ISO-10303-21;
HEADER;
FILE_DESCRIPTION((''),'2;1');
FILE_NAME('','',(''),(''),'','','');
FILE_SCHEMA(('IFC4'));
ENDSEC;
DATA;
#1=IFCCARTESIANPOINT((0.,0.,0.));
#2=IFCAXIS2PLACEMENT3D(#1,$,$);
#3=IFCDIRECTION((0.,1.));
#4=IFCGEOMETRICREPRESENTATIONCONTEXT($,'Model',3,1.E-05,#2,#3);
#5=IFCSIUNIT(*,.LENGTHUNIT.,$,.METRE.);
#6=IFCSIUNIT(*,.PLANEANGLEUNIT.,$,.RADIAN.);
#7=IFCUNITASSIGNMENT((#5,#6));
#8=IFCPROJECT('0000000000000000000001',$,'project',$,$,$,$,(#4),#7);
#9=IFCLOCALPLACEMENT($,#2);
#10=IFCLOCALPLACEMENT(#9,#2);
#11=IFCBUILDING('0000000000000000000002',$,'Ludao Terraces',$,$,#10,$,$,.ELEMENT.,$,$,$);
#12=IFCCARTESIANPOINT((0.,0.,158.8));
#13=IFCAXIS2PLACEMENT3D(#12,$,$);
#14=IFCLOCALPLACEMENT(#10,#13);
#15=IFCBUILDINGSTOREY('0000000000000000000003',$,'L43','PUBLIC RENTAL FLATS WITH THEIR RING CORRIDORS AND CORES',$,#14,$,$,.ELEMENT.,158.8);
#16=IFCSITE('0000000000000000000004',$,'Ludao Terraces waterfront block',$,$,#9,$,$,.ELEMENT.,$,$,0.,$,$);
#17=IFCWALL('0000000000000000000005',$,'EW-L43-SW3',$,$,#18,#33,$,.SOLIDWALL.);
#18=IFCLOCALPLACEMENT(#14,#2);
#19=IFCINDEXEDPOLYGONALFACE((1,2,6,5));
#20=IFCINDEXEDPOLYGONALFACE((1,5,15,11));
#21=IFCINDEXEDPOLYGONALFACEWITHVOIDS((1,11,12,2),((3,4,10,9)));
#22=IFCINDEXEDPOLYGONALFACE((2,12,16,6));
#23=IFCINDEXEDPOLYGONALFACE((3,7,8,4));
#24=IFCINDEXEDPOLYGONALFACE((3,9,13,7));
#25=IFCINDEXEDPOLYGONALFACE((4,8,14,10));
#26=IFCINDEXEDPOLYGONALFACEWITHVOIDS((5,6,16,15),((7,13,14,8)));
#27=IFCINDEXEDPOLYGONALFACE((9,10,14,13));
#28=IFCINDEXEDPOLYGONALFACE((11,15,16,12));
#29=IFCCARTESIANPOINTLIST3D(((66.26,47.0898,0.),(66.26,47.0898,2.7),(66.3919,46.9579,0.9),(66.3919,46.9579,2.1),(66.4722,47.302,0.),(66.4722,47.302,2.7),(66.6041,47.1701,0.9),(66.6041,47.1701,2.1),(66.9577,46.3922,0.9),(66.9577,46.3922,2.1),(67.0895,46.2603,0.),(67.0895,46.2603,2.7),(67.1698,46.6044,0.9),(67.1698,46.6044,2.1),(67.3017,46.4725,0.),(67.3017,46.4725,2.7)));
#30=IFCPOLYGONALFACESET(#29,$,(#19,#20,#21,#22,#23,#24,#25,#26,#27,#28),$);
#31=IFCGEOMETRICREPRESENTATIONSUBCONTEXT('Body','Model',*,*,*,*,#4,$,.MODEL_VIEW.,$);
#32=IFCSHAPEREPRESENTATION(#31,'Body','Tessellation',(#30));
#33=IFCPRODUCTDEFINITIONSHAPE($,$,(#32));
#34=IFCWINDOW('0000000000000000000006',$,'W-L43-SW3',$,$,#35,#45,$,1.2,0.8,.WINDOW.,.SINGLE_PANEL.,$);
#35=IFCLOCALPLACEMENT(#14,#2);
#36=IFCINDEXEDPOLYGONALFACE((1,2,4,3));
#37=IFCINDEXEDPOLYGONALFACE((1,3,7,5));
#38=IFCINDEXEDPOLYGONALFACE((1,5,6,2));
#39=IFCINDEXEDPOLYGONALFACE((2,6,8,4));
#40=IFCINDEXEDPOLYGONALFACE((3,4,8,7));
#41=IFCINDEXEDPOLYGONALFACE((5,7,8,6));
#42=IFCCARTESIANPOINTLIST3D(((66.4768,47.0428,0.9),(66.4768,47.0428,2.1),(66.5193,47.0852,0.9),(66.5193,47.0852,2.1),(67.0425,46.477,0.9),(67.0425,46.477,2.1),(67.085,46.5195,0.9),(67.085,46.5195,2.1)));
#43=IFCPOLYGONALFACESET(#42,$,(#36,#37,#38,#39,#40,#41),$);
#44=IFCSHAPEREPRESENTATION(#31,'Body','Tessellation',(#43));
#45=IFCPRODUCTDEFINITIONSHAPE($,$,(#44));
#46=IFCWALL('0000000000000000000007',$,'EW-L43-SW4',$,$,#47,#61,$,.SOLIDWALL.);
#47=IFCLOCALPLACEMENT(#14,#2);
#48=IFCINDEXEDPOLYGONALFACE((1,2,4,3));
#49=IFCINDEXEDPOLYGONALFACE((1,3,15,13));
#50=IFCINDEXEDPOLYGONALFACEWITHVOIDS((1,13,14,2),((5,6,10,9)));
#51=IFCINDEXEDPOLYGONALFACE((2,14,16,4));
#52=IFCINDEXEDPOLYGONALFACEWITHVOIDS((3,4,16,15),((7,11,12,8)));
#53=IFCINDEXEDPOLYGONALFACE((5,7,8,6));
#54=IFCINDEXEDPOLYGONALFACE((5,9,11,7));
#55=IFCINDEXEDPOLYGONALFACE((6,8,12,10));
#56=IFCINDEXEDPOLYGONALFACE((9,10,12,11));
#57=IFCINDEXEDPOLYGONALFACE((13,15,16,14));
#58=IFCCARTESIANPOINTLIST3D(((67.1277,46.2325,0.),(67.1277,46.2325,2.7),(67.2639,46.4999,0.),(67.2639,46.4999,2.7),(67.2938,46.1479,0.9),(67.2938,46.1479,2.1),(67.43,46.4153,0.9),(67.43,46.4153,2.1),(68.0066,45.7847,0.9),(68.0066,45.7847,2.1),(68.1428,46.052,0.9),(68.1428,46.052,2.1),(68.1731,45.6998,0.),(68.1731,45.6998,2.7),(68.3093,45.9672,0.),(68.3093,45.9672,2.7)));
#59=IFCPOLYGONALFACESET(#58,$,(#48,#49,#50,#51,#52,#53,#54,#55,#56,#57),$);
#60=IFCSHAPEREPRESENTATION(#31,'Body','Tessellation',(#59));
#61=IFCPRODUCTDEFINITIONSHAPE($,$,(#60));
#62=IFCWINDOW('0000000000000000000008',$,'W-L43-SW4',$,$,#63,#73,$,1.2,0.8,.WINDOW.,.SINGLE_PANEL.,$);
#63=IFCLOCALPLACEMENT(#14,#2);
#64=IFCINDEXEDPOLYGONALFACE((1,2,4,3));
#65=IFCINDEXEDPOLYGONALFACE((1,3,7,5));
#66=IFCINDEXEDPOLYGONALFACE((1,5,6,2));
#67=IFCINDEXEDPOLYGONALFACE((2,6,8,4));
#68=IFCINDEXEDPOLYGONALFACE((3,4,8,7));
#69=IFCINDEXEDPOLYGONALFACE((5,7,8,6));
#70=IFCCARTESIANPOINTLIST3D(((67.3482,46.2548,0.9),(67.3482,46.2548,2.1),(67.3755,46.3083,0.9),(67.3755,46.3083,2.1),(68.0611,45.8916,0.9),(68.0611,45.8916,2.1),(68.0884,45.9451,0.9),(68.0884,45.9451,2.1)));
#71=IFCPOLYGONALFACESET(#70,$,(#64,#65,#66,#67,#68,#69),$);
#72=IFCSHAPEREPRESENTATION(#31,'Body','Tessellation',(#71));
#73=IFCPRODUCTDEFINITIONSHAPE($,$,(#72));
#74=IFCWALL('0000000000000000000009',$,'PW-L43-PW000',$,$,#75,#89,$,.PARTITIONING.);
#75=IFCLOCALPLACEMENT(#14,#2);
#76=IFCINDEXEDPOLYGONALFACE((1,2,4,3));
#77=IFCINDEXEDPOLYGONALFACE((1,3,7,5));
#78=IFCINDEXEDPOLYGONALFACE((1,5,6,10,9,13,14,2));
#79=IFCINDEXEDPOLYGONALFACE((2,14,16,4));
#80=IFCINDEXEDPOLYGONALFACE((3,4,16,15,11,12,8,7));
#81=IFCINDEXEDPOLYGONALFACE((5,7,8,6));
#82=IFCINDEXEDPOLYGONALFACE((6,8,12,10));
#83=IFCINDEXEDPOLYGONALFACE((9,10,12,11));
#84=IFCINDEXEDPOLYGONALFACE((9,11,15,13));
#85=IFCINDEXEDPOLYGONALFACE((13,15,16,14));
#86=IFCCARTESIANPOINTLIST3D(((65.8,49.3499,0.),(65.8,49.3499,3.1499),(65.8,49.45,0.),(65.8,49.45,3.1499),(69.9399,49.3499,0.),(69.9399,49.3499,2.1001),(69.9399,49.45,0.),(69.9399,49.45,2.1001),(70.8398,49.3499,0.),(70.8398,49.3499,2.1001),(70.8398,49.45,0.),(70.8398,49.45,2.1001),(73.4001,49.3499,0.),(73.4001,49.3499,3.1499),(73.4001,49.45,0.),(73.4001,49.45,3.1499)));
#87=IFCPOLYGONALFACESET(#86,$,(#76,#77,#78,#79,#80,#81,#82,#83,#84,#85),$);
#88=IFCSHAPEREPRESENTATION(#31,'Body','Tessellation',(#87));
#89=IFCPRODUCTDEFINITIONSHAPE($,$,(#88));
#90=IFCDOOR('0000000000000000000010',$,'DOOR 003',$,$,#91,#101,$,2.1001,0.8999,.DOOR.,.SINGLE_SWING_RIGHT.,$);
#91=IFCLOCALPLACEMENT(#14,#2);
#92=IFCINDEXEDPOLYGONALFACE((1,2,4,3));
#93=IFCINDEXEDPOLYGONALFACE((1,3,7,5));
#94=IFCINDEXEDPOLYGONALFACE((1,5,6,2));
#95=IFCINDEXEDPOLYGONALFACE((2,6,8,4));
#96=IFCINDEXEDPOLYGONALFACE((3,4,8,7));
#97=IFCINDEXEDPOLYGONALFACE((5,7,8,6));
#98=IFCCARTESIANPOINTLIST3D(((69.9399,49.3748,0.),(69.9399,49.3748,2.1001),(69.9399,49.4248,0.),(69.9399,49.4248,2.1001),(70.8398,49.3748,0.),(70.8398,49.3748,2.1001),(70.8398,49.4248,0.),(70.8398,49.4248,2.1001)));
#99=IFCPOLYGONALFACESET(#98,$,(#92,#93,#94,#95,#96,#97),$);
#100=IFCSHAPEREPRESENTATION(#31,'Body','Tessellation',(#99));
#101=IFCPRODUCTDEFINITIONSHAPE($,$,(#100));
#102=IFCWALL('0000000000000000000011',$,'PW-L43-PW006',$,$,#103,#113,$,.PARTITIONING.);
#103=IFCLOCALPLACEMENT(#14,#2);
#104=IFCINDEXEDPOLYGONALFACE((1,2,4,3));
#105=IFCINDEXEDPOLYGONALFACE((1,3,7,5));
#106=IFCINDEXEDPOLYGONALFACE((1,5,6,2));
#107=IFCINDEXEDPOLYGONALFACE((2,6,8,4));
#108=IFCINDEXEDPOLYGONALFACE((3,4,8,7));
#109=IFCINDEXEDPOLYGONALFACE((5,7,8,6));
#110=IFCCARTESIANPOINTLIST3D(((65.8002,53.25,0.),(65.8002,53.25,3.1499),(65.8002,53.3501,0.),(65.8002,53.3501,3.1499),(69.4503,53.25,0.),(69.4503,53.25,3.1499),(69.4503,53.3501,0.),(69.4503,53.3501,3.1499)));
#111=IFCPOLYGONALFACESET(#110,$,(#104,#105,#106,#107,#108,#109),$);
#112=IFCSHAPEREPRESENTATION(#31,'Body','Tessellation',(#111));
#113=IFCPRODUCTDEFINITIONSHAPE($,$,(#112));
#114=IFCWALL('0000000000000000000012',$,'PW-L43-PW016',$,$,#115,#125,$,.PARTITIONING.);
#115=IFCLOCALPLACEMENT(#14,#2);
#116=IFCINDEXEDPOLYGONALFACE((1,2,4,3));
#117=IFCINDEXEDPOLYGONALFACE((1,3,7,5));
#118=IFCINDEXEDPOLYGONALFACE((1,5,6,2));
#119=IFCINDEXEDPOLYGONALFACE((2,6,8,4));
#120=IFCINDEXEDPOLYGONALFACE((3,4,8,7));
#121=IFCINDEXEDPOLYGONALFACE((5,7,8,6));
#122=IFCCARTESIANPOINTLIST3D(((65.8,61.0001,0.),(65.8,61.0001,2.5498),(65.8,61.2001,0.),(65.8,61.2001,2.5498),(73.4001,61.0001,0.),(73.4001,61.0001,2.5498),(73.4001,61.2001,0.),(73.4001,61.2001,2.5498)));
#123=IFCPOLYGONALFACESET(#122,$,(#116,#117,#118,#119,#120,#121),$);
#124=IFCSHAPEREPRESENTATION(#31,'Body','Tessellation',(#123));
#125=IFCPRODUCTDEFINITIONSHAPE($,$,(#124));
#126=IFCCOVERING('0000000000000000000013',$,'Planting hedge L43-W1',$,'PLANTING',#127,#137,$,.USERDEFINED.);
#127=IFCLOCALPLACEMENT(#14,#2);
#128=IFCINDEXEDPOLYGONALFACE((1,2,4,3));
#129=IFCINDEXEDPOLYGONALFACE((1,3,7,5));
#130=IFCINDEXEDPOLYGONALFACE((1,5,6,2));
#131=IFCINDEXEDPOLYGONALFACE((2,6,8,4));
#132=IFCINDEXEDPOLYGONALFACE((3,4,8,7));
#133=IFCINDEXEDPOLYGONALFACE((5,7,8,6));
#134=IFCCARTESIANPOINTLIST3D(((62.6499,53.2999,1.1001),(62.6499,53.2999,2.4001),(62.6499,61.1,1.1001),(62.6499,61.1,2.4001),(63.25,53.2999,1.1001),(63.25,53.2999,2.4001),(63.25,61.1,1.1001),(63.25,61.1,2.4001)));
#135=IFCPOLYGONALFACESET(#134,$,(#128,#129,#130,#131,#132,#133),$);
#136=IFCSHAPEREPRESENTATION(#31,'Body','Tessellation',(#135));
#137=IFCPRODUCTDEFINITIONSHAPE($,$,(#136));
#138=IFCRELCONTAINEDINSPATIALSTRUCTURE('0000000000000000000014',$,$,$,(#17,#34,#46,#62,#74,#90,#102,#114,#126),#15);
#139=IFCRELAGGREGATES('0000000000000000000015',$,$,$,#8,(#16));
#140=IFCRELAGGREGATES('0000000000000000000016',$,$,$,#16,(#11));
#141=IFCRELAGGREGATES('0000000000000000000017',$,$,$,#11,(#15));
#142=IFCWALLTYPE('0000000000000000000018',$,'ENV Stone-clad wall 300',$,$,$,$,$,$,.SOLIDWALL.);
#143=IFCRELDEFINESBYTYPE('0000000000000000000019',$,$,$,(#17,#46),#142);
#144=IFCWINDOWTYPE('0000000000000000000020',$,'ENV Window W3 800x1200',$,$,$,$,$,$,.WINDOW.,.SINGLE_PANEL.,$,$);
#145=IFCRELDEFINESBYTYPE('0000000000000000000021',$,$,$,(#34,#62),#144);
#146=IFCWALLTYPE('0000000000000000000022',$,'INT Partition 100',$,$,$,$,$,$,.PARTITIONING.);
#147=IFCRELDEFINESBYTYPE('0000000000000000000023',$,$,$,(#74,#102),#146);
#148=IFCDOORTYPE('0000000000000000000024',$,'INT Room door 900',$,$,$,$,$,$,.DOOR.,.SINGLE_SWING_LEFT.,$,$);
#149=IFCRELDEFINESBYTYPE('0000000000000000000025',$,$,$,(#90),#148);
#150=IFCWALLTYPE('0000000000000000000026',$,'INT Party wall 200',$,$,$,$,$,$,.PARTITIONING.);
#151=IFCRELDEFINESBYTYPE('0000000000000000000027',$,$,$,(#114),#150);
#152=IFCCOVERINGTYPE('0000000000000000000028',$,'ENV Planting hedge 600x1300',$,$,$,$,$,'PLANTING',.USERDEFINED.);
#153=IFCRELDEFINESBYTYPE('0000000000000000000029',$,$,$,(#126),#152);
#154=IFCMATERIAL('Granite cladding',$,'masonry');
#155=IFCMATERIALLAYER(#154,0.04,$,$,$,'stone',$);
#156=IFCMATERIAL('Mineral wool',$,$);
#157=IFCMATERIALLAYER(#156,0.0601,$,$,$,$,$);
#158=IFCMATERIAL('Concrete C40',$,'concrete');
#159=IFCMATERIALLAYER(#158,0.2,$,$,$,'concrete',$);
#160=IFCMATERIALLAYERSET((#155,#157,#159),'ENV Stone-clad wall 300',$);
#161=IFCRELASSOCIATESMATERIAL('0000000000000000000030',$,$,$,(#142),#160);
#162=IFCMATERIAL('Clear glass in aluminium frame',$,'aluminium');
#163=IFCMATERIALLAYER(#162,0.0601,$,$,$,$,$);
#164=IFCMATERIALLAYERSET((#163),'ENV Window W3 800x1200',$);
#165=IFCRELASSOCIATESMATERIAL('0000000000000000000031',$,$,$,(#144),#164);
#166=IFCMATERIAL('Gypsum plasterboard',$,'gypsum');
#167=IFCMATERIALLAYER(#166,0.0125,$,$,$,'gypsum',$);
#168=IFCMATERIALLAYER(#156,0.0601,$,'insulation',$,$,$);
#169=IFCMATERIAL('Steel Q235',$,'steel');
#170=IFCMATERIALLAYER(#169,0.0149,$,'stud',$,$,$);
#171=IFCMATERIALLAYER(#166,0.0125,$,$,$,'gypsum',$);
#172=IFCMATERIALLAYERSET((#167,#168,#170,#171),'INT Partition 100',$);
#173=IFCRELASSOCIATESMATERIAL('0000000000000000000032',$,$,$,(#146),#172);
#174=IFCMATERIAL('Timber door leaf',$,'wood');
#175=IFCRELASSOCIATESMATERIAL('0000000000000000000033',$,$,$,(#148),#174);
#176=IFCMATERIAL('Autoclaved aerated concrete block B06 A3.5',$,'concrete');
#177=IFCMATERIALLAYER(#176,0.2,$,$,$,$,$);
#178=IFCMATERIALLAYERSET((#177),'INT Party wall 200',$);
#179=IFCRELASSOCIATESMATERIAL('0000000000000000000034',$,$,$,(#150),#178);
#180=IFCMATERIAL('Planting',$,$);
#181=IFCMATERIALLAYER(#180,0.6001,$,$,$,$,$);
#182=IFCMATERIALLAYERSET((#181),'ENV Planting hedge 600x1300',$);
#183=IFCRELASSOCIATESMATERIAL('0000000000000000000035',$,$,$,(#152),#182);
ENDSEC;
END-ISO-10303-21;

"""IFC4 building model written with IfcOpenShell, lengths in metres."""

from ifc_helpers import new_model, si_unit, direction, frame, frame_2d, origin, origin_2d, place, context, subcontext, project, spatial, rectangle, extrude, material, layer, layer_set, type_object, element, fill, save


model = new_model("IFC4")

# Units and contexts
model_context = context("Model", 3, precision=1e-05, world=origin(), true_north=direction((0.0, 1.0)))
body_context = subcontext(model_context, "Body", "Model", "MODEL_VIEW")
ifc_project = project(units=[si_unit("LENGTHUNIT", "METRE"), si_unit("PLANEANGLEUNIT", "RADIAN")], contexts=[model_context])

# Site, building, storey
site_placement = place(None, origin())
site = spatial("IfcSite", under=ifc_project, at=site_placement, Name="Ludao Terraces waterfront block", CompositionType="ELEMENT", RefElevation=0.0)
building_placement = place(site_placement, origin())
building = spatial("IfcBuilding", under=site, at=building_placement, Name="Ludao Terraces", CompositionType="ELEMENT")
storey_placement = place(building_placement, frame((0.0, 0.0, 158.8)))
storey = spatial("IfcBuildingStorey", under=building, at=storey_placement, Name="L43", Description="PUBLIC RENTAL FLATS WITH THEIR RING CORRIDORS AND CORES", CompositionType="ELEMENT", Elevation=158.8)

# Shared definitions
ifc_material_1 = material(Name="Concrete C40", Category="concrete")

# Shared definitions
ifc_material_2 = material(Name="Granite cladding", Category="masonry")
ifc_layer_1 = layer(ifc_material_2, 0.04, Category="stone")
ifc_material_3 = material(Name="Mineral wool")
ifc_layer_2 = layer(ifc_material_3, 0.0601)
ifc_layer_3 = layer(ifc_material_1, 0.2, Category="concrete")
ifc_layer_set_1 = layer_set([ifc_layer_1, ifc_layer_2, ifc_layer_3], Name="ENV Stone-clad wall 300")
wall_type_1 = type_object("IfcWallType", Name="ENV Stone-clad wall 300", PredefinedType="SOLIDWALL", material=ifc_layer_set_1)
ifc_material_4 = material(Name="Clear glass in aluminium frame", Category="aluminium")

# Walls, openings, windows
ifc_layer_4 = layer(ifc_material_4, 0.0601)
ifc_layer_set_2 = layer_set([ifc_layer_4], Name="ENV Window W3 800x1200")
window_type_1 = type_object("IfcWindowType", Name="ENV Window W3 800x1200", PartitioningType="SINGLE_PANEL", PredefinedType="WINDOW", material=ifc_layer_set_2)
wall_1_placement = place(storey_placement, frame((66.3662, 47.1958, 0.0), z_axis=(0.0, 0.0, 1.0), x_axis=(0.707107, -0.707107, 0.0)))
wall_1 = element("IfcWall", 1, at=wall_1_placement, inside=storey, type_object=wall_type_1, Name="EW-L43-SW3", PredefinedType="SOLIDWALL", context=body_context, shape_type="SweptSolid", body=[
    extrude(rectangle(XDim=1.1731, YDim=0.3, at=frame_2d((0.5864, 0.0))), origin(), (0.0, 0.0, 1.0), 2.7),
])
opening_1_placement = place(wall_1_placement, frame((0.1865, 0.0, 0.8999)))
opening_1 = element("IfcOpeningElement", 2, at=opening_1_placement, cuts=wall_1, PredefinedType="OPENING", context=body_context, shape_type="SweptSolid", body=[
    extrude(rectangle(XDim=0.8, YDim=1.2, at=frame_2d((0.3999, 0.6001))), frame((0.0, 0.1602, 0.0), z_axis=(0.0, -1.0, 0.0), x_axis=(1.0, 0.0, 0.0)), (0.0, 0.0, 1.0), 0.3201),
])
window_1_placement = place(opening_1_placement, origin())
window_1 = element("IfcWindow", 3, at=window_1_placement, inside=storey, type_object=window_type_1, Name="W-L43-SW3", OverallHeight=1.2, OverallWidth=0.8, PartitioningType="SINGLE_PANEL", PredefinedType="WINDOW", context=body_context, shape_type="SweptSolid", body=[
    extrude(rectangle(XDim=0.8, YDim=1.2, at=frame_2d((0.3999, 0.6001))), frame((0.0, 0.03, 0.0), z_axis=(0.0, -1.0, 0.0), x_axis=(1.0, 0.0, 0.0)), (0.0, 0.0, 1.0), 0.0601),
])
fill(opening_1, window_1)
wall_2_placement = place(storey_placement, frame((67.1958, 46.3662, 0.0), z_axis=(0.0, 0.0, 1.0), x_axis=(0.890989, -0.454026, 0.0)))
wall_2 = element("IfcWall", 4, at=wall_2_placement, inside=storey, type_object=wall_type_1, Name="EW-L43-SW4", PredefinedType="SOLIDWALL", context=body_context, shape_type="SweptSolid", body=[
    extrude(rectangle(XDim=1.1733, YDim=0.3, at=frame_2d((0.5867, 0.0))), origin(), (0.0, 0.0, 1.0), 2.7),
])
opening_2_placement = place(wall_2_placement, frame((0.1865, 0.0, 0.8999)))
opening_2 = element("IfcOpeningElement", 5, at=opening_2_placement, cuts=wall_2, PredefinedType="OPENING", context=body_context, shape_type="SweptSolid", body=[
    extrude(rectangle(XDim=0.8, YDim=1.2, at=frame_2d((0.3999, 0.6001))), frame((0.0, 0.1602, 0.0), z_axis=(0.0, -1.0, 0.0), x_axis=(1.0, 0.0, 0.0)), (0.0, 0.0, 1.0), 0.3201),
])
window_2_placement = place(opening_2_placement, origin())
window_2 = element("IfcWindow", 6, at=window_2_placement, inside=storey, type_object=window_type_1, Name="W-L43-SW4", OverallHeight=1.2, OverallWidth=0.8, PartitioningType="SINGLE_PANEL", PredefinedType="WINDOW", context=body_context, shape_type="SweptSolid", body=[
    extrude(rectangle(XDim=0.8, YDim=1.2, at=frame_2d((0.3999, 0.6001))), frame((0.0, 0.03, 0.0), z_axis=(0.0, -1.0, 0.0), x_axis=(1.0, 0.0, 0.0)), (0.0, 0.0, 1.0), 0.0601),
])
fill(opening_2, window_2)

# Wall, opening, door
ifc_material_5 = material(Name="Gypsum plasterboard", Category="gypsum")
ifc_layer_5 = layer(ifc_material_5, 0.0125, Category="gypsum")
ifc_layer_6 = layer(ifc_material_3, 0.0601, Name="insulation")
ifc_material_6 = material(Name="Steel Q235", Category="steel")
ifc_layer_7 = layer(ifc_material_6, 0.0149, Name="stud")
ifc_layer_8 = layer(ifc_material_5, 0.0125, Category="gypsum")
ifc_layer_set_3 = layer_set([ifc_layer_5, ifc_layer_6, ifc_layer_7, ifc_layer_8], Name="INT Partition 100")
wall_type_2 = type_object("IfcWallType", Name="INT Partition 100", PredefinedType="PARTITIONING", material=ifc_layer_set_3)
wall_3_placement = place(storey_placement, frame((65.8, 49.3999, 0.0), z_axis=(0.0, 0.0, 1.0), x_axis=(1.0, 0.0, 0.0)))
wall_3 = element("IfcWall", 7, at=wall_3_placement, inside=storey, type_object=wall_type_2, Name="PW-L43-PW000", PredefinedType="PARTITIONING", context=body_context, shape_type="SweptSolid", body=[
    extrude(rectangle(XDim=7.6001, YDim=0.1001, at=frame_2d((3.8, 0.0))), origin(), (0.0, 0.0, 1.0), 3.1499),
])
opening_3_placement = place(wall_3_placement, frame((4.1399, 0.0, 0.0)))
opening_3 = element("IfcOpeningElement", 8, at=opening_3_placement, cuts=wall_3, PredefinedType="OPENING", context=body_context, shape_type="SweptSolid", body=[
    extrude(rectangle(XDim=0.8999, YDim=2.1001, at=frame_2d((0.45, 1.05))), frame((0.0, 0.0601, 0.0), z_axis=(0.0, -1.0, 0.0), x_axis=(1.0, 0.0, 0.0)), (0.0, 0.0, 1.0), 0.1201),
])
ifc_material_7 = material(Name="Timber door leaf", Category="wood")
door_type_1 = type_object("IfcDoorType", Name="INT Room door 900", OperationType="SINGLE_SWING_LEFT", PredefinedType="DOOR", material=ifc_material_7)
door_1_placement = place(opening_3_placement, origin())
door_1 = element("IfcDoor", 9, at=door_1_placement, inside=storey, type_object=door_type_1, Name="DOOR 003", OperationType="SINGLE_SWING_RIGHT", OverallHeight=2.1001, OverallWidth=0.8999, PredefinedType="DOOR", context=body_context, shape_type="SweptSolid", body=[
    extrude(rectangle(XDim=0.8999, YDim=2.1001, at=frame_2d((0.45, 1.05))), frame((0.0, 0.0249, 0.0), z_axis=(0.0, -1.0, 0.0), x_axis=(1.0, 0.0, 0.0)), (0.0, 0.0, 1.0), 0.05),
])
fill(opening_3, door_1)

# Walls
wall_4_placement = place(storey_placement, frame((65.8, 53.3, 0.0), z_axis=(0.0, 0.0, 1.0), x_axis=(1.0, 0.0, 0.0)))
element("IfcWall", 10, at=wall_4_placement, inside=storey, type_object=wall_type_2, Name="PW-L43-PW006", PredefinedType="PARTITIONING", context=body_context, shape_type="SweptSolid", body=[
    extrude(rectangle(XDim=3.6501, YDim=0.1001, at=frame_2d((1.8252, 0.0))), origin(), (0.0, 0.0, 1.0), 3.1499),
])
ifc_material_8 = material(Name="Autoclaved aerated concrete block B06 A3.5", Category="concrete")
ifc_layer_9 = layer(ifc_material_8, 0.2)
ifc_layer_set_4 = layer_set([ifc_layer_9], Name="INT Party wall 200")
wall_type_3 = type_object("IfcWallType", Name="INT Party wall 200", PredefinedType="PARTITIONING", material=ifc_layer_set_4)
wall_5_placement = place(storey_placement, frame((65.8, 61.1001, 0.0), z_axis=(0.0, 0.0, 1.0), x_axis=(1.0, 0.0, 0.0)))
element("IfcWall", 11, at=wall_5_placement, inside=storey, type_object=wall_type_3, Name="PW-L43-PW016", PredefinedType="PARTITIONING", context=body_context, shape_type="SweptSolid", body=[
    extrude(rectangle(XDim=7.6001, YDim=0.2, at=frame_2d((3.8, 0.0))), origin(), (0.0, 0.0, 1.0), 2.5498),
])

# Covering
ifc_material_9 = material(Name="Planting")
ifc_layer_10 = layer(ifc_material_9, 0.6001)
ifc_layer_set_5 = layer_set([ifc_layer_10], Name="ENV Planting hedge 600x1300")
covering_type = type_object("IfcCoveringType", Name="ENV Planting hedge 600x1300", ElementType="PLANTING", PredefinedType="USERDEFINED", material=ifc_layer_set_5)
covering_placement = place(storey_placement, frame((62.95, 57.2, 1.1001), z_axis=(0.0, 0.0, 1.0), x_axis=(1.0, 0.0, 0.0)))
element("IfcCovering", 12, at=covering_placement, inside=storey, type_object=covering_type, Name="Planting hedge L43-W1", ObjectType="PLANTING", PredefinedType="USERDEFINED", context=body_context, shape_type="SweptSolid", body=[
    extrude(rectangle(XDim=0.6001, YDim=7.8, at=origin_2d()), origin(), (0.0, 0.0, 1.0), 1.3),
])

save(model, "model.ifc")
